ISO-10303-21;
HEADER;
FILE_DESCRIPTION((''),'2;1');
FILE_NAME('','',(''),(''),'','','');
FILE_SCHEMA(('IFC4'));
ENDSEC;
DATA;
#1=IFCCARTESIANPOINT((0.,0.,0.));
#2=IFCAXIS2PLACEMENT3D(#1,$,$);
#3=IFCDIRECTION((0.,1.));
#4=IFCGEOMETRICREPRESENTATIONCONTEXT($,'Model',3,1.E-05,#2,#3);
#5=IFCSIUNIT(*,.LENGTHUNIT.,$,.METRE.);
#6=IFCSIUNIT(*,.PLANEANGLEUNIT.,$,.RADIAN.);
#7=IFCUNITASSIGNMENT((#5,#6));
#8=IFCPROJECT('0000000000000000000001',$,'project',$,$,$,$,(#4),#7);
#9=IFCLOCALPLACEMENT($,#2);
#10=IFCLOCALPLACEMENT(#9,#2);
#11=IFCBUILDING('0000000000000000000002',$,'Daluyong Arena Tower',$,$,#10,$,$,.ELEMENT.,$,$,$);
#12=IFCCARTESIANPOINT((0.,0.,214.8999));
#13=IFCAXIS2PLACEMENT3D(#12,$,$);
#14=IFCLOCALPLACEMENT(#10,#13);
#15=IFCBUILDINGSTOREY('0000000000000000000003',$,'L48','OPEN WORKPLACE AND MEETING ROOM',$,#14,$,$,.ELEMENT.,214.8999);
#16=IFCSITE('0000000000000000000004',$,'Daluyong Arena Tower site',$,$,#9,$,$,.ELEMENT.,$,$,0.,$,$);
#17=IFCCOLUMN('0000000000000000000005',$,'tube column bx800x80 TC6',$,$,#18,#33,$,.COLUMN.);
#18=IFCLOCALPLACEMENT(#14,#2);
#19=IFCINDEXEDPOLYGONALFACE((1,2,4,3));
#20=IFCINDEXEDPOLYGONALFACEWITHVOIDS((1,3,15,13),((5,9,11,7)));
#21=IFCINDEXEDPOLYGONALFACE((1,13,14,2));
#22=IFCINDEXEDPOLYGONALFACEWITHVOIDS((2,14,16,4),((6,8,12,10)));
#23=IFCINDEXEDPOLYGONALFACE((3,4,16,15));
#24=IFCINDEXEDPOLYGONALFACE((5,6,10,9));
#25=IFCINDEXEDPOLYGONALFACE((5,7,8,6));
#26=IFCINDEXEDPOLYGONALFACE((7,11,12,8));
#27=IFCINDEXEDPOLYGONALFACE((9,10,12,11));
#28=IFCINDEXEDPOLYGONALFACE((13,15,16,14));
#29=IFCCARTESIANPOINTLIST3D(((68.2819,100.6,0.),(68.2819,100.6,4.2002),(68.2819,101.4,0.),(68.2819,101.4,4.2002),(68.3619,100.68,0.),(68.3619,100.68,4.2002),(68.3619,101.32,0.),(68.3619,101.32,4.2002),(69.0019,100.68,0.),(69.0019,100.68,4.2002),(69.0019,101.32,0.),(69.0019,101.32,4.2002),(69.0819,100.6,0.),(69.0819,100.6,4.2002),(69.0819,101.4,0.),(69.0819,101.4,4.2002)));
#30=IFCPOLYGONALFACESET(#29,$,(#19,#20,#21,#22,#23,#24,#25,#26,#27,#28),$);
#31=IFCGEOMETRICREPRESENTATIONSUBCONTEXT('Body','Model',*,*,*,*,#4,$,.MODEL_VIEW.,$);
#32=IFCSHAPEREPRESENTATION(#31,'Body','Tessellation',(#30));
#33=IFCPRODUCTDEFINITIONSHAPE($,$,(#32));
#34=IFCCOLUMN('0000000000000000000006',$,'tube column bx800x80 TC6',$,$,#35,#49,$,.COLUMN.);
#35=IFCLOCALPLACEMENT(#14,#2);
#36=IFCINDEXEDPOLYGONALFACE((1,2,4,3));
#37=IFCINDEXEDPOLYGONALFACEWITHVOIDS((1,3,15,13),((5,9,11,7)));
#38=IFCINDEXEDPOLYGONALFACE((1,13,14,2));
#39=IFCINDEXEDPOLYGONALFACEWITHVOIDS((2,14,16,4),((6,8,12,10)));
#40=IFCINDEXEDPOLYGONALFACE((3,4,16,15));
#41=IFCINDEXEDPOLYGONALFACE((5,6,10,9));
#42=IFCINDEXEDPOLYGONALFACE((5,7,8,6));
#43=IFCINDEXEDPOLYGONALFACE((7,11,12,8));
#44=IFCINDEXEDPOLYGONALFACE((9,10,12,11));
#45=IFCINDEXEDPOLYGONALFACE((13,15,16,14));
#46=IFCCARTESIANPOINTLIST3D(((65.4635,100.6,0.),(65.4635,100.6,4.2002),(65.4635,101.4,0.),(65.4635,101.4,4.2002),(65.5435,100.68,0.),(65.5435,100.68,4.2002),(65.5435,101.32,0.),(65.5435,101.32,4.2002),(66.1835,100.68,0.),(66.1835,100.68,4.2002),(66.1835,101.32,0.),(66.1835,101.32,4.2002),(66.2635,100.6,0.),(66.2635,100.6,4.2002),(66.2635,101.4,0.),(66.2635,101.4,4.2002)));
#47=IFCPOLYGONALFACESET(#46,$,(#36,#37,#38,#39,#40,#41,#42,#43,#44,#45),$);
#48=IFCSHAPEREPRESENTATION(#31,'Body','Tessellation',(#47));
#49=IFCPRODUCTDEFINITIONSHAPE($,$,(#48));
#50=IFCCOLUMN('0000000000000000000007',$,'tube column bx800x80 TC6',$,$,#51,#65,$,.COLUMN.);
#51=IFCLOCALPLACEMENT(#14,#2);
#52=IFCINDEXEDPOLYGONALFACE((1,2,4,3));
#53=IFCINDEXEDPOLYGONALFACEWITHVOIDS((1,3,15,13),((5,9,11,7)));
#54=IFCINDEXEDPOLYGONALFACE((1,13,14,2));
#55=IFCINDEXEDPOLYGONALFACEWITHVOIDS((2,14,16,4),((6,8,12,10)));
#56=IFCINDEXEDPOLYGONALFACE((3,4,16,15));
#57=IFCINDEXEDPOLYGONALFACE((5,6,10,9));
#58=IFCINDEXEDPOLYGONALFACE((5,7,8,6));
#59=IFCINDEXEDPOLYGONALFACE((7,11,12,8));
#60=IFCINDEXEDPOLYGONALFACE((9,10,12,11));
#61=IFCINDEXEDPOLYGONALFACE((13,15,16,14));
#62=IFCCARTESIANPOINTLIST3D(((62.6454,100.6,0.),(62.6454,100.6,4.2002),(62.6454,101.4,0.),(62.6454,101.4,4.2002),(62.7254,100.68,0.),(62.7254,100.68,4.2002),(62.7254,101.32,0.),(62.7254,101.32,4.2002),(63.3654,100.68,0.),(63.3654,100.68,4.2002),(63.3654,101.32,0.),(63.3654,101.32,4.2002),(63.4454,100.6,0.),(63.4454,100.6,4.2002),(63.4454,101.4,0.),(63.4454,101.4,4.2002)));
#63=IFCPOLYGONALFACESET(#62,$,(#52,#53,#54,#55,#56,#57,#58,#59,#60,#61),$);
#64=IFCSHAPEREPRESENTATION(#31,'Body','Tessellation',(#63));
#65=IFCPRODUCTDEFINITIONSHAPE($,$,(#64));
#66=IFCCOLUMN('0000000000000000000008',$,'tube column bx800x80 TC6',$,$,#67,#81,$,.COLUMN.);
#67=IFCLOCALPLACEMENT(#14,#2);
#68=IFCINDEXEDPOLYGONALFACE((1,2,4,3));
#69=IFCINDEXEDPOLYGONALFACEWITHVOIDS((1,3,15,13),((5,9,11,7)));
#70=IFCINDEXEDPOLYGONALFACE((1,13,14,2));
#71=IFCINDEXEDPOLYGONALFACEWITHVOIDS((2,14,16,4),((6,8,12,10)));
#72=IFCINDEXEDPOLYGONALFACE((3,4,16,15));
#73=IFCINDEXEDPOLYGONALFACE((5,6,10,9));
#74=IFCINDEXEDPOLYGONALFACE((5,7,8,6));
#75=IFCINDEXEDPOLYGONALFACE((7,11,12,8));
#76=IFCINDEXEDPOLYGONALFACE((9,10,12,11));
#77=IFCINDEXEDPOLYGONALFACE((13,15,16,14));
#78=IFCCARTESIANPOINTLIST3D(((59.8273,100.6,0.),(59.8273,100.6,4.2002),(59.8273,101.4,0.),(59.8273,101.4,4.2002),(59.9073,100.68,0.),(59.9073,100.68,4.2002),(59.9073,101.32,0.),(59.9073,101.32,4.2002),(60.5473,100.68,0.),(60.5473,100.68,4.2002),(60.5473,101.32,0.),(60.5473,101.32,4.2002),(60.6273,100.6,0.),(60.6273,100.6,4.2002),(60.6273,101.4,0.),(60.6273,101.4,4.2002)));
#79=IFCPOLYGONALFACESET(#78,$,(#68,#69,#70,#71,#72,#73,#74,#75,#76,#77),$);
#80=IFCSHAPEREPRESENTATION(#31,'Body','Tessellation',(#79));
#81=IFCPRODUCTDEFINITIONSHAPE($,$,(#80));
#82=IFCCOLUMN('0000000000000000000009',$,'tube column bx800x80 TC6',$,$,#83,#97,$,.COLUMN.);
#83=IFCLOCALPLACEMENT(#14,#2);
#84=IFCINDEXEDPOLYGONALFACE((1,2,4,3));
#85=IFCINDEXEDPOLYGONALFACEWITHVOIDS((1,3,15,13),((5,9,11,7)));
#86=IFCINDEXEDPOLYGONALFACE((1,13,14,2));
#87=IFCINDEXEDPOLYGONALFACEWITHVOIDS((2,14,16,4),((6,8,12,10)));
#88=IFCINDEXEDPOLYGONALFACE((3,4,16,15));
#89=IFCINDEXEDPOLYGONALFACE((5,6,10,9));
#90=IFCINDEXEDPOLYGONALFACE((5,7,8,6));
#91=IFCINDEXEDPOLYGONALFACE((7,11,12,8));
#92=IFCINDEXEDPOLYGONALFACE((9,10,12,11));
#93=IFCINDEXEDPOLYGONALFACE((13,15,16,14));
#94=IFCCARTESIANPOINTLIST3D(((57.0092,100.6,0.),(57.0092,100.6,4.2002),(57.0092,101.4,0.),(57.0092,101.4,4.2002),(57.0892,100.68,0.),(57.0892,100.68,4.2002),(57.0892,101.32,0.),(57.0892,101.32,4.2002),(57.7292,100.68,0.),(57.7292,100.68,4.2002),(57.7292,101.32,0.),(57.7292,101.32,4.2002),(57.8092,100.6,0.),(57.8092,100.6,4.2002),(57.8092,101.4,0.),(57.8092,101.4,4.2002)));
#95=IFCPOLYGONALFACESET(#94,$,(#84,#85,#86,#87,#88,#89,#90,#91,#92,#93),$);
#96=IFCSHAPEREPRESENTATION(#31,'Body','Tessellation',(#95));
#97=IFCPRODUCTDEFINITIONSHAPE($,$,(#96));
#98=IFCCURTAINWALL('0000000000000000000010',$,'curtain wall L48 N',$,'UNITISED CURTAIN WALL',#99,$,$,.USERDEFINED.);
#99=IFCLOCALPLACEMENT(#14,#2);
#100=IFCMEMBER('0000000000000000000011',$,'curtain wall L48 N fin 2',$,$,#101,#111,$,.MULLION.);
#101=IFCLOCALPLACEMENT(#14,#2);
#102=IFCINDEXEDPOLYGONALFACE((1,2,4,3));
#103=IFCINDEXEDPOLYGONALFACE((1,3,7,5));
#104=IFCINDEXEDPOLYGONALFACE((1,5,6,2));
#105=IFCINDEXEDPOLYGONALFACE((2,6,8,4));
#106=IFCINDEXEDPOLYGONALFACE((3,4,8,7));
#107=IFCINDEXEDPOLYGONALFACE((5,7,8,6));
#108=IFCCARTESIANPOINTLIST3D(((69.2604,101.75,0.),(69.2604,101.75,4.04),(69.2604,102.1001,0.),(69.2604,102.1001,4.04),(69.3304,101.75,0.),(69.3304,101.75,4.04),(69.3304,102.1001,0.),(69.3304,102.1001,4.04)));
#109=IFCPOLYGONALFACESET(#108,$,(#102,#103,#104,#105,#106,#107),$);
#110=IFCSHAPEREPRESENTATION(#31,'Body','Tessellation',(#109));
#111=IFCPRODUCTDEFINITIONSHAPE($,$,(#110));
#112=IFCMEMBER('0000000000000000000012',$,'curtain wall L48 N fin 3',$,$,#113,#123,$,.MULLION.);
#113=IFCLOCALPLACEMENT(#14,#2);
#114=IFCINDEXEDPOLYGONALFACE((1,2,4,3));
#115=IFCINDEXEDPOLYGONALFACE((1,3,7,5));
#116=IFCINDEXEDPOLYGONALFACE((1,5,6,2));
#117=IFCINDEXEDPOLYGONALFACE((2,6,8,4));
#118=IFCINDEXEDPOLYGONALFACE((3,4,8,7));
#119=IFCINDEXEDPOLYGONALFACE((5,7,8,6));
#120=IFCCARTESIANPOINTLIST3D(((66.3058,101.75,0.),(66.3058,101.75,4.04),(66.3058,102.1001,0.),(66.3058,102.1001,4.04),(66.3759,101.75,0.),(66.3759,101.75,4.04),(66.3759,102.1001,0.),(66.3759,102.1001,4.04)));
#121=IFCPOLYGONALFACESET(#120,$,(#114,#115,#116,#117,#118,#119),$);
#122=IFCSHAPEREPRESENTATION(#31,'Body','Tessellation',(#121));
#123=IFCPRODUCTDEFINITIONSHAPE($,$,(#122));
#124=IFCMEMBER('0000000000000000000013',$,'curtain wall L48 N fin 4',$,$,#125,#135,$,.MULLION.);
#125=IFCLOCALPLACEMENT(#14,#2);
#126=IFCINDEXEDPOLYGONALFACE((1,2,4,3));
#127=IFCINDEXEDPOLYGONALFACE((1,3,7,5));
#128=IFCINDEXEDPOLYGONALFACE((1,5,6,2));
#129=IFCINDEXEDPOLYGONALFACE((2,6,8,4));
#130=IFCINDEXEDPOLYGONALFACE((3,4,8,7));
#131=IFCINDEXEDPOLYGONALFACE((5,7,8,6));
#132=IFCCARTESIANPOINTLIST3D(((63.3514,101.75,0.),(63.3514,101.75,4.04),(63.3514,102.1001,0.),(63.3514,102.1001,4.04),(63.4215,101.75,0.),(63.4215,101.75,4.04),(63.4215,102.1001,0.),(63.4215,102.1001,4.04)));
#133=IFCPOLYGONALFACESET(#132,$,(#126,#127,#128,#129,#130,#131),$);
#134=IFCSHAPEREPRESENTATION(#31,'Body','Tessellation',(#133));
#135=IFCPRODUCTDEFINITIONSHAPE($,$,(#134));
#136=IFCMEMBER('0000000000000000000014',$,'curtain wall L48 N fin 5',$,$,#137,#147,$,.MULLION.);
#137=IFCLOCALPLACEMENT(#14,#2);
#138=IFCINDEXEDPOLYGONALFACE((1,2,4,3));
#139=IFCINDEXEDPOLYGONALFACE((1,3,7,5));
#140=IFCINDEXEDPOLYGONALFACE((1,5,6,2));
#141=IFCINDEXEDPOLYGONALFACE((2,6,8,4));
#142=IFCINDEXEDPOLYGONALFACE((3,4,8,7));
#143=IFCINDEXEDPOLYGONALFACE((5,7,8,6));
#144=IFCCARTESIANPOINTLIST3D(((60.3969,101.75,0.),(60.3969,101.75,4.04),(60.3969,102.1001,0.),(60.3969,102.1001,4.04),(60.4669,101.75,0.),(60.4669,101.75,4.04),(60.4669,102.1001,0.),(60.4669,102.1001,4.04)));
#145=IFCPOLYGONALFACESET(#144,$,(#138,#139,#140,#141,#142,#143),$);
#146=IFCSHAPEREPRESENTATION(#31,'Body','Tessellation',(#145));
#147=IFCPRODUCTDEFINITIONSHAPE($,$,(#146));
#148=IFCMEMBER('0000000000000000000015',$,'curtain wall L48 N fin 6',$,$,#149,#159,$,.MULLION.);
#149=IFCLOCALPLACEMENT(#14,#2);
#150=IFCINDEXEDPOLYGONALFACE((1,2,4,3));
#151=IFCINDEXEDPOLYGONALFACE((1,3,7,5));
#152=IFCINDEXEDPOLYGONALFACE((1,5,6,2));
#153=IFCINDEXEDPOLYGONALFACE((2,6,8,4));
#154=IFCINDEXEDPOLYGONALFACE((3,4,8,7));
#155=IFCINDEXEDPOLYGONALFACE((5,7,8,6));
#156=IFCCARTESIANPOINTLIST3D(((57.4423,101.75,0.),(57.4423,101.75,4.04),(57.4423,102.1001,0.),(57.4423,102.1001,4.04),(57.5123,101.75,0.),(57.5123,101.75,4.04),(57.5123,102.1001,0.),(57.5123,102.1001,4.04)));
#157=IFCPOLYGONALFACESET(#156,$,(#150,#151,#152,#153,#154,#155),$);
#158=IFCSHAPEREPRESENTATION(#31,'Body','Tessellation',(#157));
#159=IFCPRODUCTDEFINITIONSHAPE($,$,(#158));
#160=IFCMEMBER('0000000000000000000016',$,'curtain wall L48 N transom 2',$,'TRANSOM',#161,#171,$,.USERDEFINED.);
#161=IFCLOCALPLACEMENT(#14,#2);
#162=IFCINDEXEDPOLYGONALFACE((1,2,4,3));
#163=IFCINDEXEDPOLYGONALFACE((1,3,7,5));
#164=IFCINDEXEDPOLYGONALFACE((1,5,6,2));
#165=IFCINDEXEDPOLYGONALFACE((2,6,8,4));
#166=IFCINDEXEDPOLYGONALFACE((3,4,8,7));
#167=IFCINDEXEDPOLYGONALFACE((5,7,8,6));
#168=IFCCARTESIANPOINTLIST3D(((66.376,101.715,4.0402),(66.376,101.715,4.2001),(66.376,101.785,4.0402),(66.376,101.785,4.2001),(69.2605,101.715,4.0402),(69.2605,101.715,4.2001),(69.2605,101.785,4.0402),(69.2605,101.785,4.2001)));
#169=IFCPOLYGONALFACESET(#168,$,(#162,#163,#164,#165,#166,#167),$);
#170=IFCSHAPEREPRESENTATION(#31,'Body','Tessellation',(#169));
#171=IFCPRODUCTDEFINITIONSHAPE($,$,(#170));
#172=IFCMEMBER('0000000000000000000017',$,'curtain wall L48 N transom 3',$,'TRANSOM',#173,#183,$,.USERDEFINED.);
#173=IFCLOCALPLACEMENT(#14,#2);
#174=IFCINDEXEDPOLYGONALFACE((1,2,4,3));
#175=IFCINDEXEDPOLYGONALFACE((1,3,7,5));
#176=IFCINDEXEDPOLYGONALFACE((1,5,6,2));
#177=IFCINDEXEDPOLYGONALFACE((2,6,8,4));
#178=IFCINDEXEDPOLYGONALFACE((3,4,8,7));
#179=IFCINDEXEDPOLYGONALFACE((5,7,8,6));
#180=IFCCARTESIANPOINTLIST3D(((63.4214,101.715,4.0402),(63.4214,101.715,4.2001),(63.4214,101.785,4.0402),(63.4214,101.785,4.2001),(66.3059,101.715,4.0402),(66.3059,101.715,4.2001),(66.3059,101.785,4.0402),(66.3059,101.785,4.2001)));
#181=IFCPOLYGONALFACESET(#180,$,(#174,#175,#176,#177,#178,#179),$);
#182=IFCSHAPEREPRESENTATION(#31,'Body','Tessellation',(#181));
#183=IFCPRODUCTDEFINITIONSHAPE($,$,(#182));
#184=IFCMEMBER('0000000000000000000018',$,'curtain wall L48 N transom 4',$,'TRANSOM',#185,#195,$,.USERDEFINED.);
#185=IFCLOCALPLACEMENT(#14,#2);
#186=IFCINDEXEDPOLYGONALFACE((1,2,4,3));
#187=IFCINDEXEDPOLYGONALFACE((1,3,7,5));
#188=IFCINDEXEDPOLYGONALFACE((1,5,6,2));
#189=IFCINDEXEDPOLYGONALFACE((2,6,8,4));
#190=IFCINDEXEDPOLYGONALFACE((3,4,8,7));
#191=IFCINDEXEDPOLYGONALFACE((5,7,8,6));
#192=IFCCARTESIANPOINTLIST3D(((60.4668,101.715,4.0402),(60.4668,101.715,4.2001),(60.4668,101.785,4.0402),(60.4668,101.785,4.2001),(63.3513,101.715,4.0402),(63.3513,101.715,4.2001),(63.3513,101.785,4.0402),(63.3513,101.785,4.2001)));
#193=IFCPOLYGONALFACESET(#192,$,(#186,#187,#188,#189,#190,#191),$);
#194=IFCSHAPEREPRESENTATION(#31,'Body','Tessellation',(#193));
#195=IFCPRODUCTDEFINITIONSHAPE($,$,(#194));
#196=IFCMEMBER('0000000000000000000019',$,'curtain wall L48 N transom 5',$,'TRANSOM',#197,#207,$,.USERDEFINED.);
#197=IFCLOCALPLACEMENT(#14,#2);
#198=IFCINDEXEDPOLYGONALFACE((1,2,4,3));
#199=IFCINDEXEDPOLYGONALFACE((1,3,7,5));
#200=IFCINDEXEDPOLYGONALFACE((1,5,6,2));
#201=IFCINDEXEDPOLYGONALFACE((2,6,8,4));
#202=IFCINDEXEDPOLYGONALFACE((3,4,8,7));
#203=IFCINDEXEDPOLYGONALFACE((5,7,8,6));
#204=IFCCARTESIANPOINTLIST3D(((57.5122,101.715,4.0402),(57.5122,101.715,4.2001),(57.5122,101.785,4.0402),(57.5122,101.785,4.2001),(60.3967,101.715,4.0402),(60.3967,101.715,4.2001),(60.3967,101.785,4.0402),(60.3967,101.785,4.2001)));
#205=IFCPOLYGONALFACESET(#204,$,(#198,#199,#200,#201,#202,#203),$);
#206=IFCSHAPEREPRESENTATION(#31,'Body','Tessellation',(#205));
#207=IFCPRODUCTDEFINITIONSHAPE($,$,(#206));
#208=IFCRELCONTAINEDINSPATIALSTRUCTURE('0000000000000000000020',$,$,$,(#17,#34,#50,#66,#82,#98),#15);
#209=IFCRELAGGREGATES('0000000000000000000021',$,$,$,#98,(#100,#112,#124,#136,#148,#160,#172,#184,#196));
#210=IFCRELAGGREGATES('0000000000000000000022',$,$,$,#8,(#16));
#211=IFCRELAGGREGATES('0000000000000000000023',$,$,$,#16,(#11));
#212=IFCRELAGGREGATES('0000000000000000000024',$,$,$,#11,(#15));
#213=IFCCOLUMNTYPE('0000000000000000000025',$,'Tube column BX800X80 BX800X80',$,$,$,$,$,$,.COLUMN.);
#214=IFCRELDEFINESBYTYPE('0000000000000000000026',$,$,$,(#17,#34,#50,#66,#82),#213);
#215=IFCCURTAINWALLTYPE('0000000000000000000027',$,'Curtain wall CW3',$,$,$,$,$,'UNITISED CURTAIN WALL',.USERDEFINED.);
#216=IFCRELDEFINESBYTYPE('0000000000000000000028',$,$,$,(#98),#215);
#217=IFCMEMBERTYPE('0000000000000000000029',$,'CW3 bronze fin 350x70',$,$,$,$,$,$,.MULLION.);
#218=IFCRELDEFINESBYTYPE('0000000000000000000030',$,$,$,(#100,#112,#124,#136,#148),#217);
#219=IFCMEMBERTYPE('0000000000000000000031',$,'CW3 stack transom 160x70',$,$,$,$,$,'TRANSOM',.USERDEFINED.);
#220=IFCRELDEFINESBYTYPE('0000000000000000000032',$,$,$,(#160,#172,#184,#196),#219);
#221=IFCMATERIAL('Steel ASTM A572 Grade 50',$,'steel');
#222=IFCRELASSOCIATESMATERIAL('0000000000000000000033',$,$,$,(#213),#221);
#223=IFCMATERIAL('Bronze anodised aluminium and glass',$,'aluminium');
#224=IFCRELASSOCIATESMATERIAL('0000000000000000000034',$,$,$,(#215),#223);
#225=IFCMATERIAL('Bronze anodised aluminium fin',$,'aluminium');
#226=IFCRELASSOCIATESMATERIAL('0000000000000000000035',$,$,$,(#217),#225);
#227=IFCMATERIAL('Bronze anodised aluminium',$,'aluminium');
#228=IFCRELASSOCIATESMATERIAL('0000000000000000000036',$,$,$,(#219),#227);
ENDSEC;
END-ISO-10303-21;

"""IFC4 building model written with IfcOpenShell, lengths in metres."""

from ifc_helpers import new_model, si_unit, direction, frame, origin, origin_2d, place, context, subcontext, project, spatial, rectangle, hollow_rectangle, extrude, material, material_profile, profile_set, type_object, element, aggregate, save


model = new_model("IFC4")

# Units and contexts
model_context = context("Model", 3, precision=1e-05, world=origin(), true_north=direction((0.0, 1.0)))
body_context = subcontext(model_context, "Body", "Model", "MODEL_VIEW")
ifc_project = project(units=[si_unit("LENGTHUNIT", "METRE"), si_unit("PLANEANGLEUNIT", "RADIAN")], contexts=[model_context])

# Site, building, storey
site_placement = place(None, origin())
site = spatial("IfcSite", under=ifc_project, at=site_placement, Name="Daluyong Arena Tower site", CompositionType="ELEMENT", RefElevation=0.0)
building_placement = place(site_placement, origin())
building = spatial("IfcBuilding", under=site, at=building_placement, Name="Daluyong Arena Tower", CompositionType="ELEMENT")
storey_placement = place(building_placement, frame((0.0, 0.0, 214.8999)))
storey = spatial("IfcBuildingStorey", under=building, at=storey_placement, Name="L48", Description="OPEN WORKPLACE AND MEETING ROOM", CompositionType="ELEMENT", Elevation=214.8999)

# Columns
ifc_material_1 = material(Name="Steel ASTM A572 Grade 50", Category="steel")
ifc_material_profile_1 = material_profile(ifc_material_1, hollow_rectangle(XDim=0.8, YDim=0.8, WallThickness=0.08, at=origin_2d()))
ifc_profile_set_1 = profile_set([ifc_material_profile_1], Name="Steel ASTM A572 Grade 50")
column_type = type_object("IfcColumnType", Name="Tube column BX800X80 BX800X80", PredefinedType="COLUMN", material=ifc_profile_set_1)
for number, where, z_axis, x_axis, name in (
    (1, (68.6819, 101.0, 0.0), (0.0, 0.0, 1.0), (1.0, 0.0, 0.0), "tube column bx800x80 TC6"),
    (2, (65.8635, 101.0, 0.0), (0.0, 0.0, 1.0), (1.0, 0.0, 0.0), "tube column bx800x80 TC6"),
    (3, (63.0454, 101.0, 0.0), (0.0, 0.0, 1.0), (1.0, 0.0, 0.0), "tube column bx800x80 TC6"),
    (4, (60.2273, 101.0, 0.0), (0.0, 0.0, 1.0), (1.0, 0.0, 0.0), "tube column bx800x80 TC6"),
    (5, (57.4092, 101.0, 0.0), (0.0, 0.0, 1.0), (1.0, 0.0, 0.0), "tube column bx800x80 TC6"),
):
    element("IfcColumn", number, at=place(storey_placement, frame(where, z_axis=z_axis, x_axis=x_axis)), inside=storey, type_object=column_type, Name=name, PredefinedType="COLUMN", context=body_context, shape_type="SweptSolid", body=[
        extrude(hollow_rectangle(XDim=0.8, YDim=0.8, WallThickness=0.08, at=origin_2d()), origin(), (0.0, 0.0, 1.0), 4.2002),
    ])

# Curtain wall, members
ifc_material_2 = material(Name="Bronze anodised aluminium and glass", Category="aluminium")
curtain_wall_type = type_object("IfcCurtainWallType", Name="Curtain wall CW3", ElementType="UNITISED CURTAIN WALL", PredefinedType="USERDEFINED", material=ifc_material_2)
curtain_wall_placement = place(storey_placement, origin())
curtain_wall = element("IfcCurtainWall", 6, at=curtain_wall_placement, inside=storey, type_object=curtain_wall_type, Name="curtain wall L48 N", ObjectType="UNITISED CURTAIN WALL", PredefinedType="USERDEFINED")
ifc_material_3 = material(Name="Bronze anodised aluminium fin", Category="aluminium")
ifc_material_profile_2 = material_profile(ifc_material_3, rectangle(XDim=0.3501, YDim=0.0701, at=origin_2d()))
ifc_profile_set_2 = profile_set([ifc_material_profile_2], Name="Bronze anodised aluminium fin")
member_type_1 = type_object("IfcMemberType", Name="CW3 bronze fin 350x70", PredefinedType="MULLION", material=ifc_profile_set_2)
member_1_placement = place(storey_placement, frame((69.2954, 101.925, 0.0), z_axis=(0.0, 0.0, 1.0), x_axis=(0.0, -1.0, 0.0)))
member_1 = element("IfcMember", 7, at=member_1_placement, type_object=member_type_1, Name="curtain wall L48 N fin 2", PredefinedType="MULLION", context=body_context, shape_type="SweptSolid", body=[
    extrude(rectangle(XDim=0.3501, YDim=0.0701, at=origin_2d()), origin(), (0.0, 0.0, 1.0), 4.04),
])
member_2_placement = place(storey_placement, frame((66.3408, 101.925, 0.0), z_axis=(0.0, 0.0, 1.0), x_axis=(0.0, -1.0, 0.0)))
member_2 = element("IfcMember", 8, at=member_2_placement, type_object=member_type_1, Name="curtain wall L48 N fin 3", PredefinedType="MULLION", context=body_context, shape_type="SweptSolid", body=[
    extrude(rectangle(XDim=0.3501, YDim=0.0701, at=origin_2d()), origin(), (0.0, 0.0, 1.0), 4.04),
])
member_3_placement = place(storey_placement, frame((63.3865, 101.925, 0.0), z_axis=(0.0, 0.0, 1.0), x_axis=(0.0, -1.0, 0.0)))
member_3 = element("IfcMember", 9, at=member_3_placement, type_object=member_type_1, Name="curtain wall L48 N fin 4", PredefinedType="MULLION", context=body_context, shape_type="SweptSolid", body=[
    extrude(rectangle(XDim=0.3501, YDim=0.0701, at=origin_2d()), origin(), (0.0, 0.0, 1.0), 4.04),
])
member_4_placement = place(storey_placement, frame((60.4319, 101.925, 0.0), z_axis=(0.0, 0.0, 1.0), x_axis=(0.0, -1.0, 0.0)))
member_4 = element("IfcMember", 10, at=member_4_placement, type_object=member_type_1, Name="curtain wall L48 N fin 5", PredefinedType="MULLION", context=body_context, shape_type="SweptSolid", body=[
    extrude(rectangle(XDim=0.3501, YDim=0.0701, at=origin_2d()), origin(), (0.0, 0.0, 1.0), 4.04),
])
member_5_placement = place(storey_placement, frame((57.4773, 101.925, 0.0), z_axis=(0.0, 0.0, 1.0), x_axis=(0.0, -1.0, 0.0)))
member_5 = element("IfcMember", 11, at=member_5_placement, type_object=member_type_1, Name="curtain wall L48 N fin 6", PredefinedType="MULLION", context=body_context, shape_type="SweptSolid", body=[
    extrude(rectangle(XDim=0.3501, YDim=0.0701, at=origin_2d()), origin(), (0.0, 0.0, 1.0), 4.04),
])
ifc_material_4 = material(Name="Bronze anodised aluminium", Category="aluminium")
ifc_material_profile_3 = material_profile(ifc_material_4, rectangle(XDim=0.0701, YDim=0.1599, at=origin_2d()))
ifc_profile_set_3 = profile_set([ifc_material_profile_3], Name="Bronze anodised aluminium")
member_type_2 = type_object("IfcMemberType", Name="CW3 stack transom 160x70", ElementType="TRANSOM", PredefinedType="USERDEFINED", material=ifc_profile_set_3)
member_6_placement = place(storey_placement, frame((69.2605, 101.75, 4.1201), z_axis=(-1.0, 0.0, 0.0), x_axis=(0.0, -1.0, 0.0)))
member_6 = element("IfcMember", 12, at=member_6_placement, type_object=member_type_2, Name="curtain wall L48 N transom 2", ObjectType="TRANSOM", PredefinedType="USERDEFINED", context=body_context, shape_type="SweptSolid", body=[
    extrude(rectangle(XDim=0.0701, YDim=0.1599, at=origin_2d()), origin(), (0.0, 0.0, 1.0), 2.8845),
])
member_7_placement = place(storey_placement, frame((66.3059, 101.75, 4.1201), z_axis=(-1.0, 0.0, 0.0), x_axis=(0.0, -1.0, 0.0)))
member_7 = element("IfcMember", 13, at=member_7_placement, type_object=member_type_2, Name="curtain wall L48 N transom 3", ObjectType="TRANSOM", PredefinedType="USERDEFINED", context=body_context, shape_type="SweptSolid", body=[
    extrude(rectangle(XDim=0.0701, YDim=0.1599, at=origin_2d()), origin(), (0.0, 0.0, 1.0), 2.8845),
])
member_8_placement = place(storey_placement, frame((63.3513, 101.75, 4.1201), z_axis=(-1.0, 0.0, 0.0), x_axis=(0.0, -1.0, 0.0)))
member_8 = element("IfcMember", 14, at=member_8_placement, type_object=member_type_2, Name="curtain wall L48 N transom 4", ObjectType="TRANSOM", PredefinedType="USERDEFINED", context=body_context, shape_type="SweptSolid", body=[
    extrude(rectangle(XDim=0.0701, YDim=0.1599, at=origin_2d()), origin(), (0.0, 0.0, 1.0), 2.8845),
])
member_9_placement = place(storey_placement, frame((60.3967, 101.75, 4.1201), z_axis=(-1.0, 0.0, 0.0), x_axis=(0.0, -1.0, 0.0)))
member_9 = element("IfcMember", 15, at=member_9_placement, type_object=member_type_2, Name="curtain wall L48 N transom 5", ObjectType="TRANSOM", PredefinedType="USERDEFINED", context=body_context, shape_type="SweptSolid", body=[
    extrude(rectangle(XDim=0.0701, YDim=0.1599, at=origin_2d()), origin(), (0.0, 0.0, 1.0), 2.8845),
])

aggregate(curtain_wall, [member_1, member_2, member_3, member_4, member_5, member_6, member_7, member_8, member_9])

save(model, "model.ifc")
